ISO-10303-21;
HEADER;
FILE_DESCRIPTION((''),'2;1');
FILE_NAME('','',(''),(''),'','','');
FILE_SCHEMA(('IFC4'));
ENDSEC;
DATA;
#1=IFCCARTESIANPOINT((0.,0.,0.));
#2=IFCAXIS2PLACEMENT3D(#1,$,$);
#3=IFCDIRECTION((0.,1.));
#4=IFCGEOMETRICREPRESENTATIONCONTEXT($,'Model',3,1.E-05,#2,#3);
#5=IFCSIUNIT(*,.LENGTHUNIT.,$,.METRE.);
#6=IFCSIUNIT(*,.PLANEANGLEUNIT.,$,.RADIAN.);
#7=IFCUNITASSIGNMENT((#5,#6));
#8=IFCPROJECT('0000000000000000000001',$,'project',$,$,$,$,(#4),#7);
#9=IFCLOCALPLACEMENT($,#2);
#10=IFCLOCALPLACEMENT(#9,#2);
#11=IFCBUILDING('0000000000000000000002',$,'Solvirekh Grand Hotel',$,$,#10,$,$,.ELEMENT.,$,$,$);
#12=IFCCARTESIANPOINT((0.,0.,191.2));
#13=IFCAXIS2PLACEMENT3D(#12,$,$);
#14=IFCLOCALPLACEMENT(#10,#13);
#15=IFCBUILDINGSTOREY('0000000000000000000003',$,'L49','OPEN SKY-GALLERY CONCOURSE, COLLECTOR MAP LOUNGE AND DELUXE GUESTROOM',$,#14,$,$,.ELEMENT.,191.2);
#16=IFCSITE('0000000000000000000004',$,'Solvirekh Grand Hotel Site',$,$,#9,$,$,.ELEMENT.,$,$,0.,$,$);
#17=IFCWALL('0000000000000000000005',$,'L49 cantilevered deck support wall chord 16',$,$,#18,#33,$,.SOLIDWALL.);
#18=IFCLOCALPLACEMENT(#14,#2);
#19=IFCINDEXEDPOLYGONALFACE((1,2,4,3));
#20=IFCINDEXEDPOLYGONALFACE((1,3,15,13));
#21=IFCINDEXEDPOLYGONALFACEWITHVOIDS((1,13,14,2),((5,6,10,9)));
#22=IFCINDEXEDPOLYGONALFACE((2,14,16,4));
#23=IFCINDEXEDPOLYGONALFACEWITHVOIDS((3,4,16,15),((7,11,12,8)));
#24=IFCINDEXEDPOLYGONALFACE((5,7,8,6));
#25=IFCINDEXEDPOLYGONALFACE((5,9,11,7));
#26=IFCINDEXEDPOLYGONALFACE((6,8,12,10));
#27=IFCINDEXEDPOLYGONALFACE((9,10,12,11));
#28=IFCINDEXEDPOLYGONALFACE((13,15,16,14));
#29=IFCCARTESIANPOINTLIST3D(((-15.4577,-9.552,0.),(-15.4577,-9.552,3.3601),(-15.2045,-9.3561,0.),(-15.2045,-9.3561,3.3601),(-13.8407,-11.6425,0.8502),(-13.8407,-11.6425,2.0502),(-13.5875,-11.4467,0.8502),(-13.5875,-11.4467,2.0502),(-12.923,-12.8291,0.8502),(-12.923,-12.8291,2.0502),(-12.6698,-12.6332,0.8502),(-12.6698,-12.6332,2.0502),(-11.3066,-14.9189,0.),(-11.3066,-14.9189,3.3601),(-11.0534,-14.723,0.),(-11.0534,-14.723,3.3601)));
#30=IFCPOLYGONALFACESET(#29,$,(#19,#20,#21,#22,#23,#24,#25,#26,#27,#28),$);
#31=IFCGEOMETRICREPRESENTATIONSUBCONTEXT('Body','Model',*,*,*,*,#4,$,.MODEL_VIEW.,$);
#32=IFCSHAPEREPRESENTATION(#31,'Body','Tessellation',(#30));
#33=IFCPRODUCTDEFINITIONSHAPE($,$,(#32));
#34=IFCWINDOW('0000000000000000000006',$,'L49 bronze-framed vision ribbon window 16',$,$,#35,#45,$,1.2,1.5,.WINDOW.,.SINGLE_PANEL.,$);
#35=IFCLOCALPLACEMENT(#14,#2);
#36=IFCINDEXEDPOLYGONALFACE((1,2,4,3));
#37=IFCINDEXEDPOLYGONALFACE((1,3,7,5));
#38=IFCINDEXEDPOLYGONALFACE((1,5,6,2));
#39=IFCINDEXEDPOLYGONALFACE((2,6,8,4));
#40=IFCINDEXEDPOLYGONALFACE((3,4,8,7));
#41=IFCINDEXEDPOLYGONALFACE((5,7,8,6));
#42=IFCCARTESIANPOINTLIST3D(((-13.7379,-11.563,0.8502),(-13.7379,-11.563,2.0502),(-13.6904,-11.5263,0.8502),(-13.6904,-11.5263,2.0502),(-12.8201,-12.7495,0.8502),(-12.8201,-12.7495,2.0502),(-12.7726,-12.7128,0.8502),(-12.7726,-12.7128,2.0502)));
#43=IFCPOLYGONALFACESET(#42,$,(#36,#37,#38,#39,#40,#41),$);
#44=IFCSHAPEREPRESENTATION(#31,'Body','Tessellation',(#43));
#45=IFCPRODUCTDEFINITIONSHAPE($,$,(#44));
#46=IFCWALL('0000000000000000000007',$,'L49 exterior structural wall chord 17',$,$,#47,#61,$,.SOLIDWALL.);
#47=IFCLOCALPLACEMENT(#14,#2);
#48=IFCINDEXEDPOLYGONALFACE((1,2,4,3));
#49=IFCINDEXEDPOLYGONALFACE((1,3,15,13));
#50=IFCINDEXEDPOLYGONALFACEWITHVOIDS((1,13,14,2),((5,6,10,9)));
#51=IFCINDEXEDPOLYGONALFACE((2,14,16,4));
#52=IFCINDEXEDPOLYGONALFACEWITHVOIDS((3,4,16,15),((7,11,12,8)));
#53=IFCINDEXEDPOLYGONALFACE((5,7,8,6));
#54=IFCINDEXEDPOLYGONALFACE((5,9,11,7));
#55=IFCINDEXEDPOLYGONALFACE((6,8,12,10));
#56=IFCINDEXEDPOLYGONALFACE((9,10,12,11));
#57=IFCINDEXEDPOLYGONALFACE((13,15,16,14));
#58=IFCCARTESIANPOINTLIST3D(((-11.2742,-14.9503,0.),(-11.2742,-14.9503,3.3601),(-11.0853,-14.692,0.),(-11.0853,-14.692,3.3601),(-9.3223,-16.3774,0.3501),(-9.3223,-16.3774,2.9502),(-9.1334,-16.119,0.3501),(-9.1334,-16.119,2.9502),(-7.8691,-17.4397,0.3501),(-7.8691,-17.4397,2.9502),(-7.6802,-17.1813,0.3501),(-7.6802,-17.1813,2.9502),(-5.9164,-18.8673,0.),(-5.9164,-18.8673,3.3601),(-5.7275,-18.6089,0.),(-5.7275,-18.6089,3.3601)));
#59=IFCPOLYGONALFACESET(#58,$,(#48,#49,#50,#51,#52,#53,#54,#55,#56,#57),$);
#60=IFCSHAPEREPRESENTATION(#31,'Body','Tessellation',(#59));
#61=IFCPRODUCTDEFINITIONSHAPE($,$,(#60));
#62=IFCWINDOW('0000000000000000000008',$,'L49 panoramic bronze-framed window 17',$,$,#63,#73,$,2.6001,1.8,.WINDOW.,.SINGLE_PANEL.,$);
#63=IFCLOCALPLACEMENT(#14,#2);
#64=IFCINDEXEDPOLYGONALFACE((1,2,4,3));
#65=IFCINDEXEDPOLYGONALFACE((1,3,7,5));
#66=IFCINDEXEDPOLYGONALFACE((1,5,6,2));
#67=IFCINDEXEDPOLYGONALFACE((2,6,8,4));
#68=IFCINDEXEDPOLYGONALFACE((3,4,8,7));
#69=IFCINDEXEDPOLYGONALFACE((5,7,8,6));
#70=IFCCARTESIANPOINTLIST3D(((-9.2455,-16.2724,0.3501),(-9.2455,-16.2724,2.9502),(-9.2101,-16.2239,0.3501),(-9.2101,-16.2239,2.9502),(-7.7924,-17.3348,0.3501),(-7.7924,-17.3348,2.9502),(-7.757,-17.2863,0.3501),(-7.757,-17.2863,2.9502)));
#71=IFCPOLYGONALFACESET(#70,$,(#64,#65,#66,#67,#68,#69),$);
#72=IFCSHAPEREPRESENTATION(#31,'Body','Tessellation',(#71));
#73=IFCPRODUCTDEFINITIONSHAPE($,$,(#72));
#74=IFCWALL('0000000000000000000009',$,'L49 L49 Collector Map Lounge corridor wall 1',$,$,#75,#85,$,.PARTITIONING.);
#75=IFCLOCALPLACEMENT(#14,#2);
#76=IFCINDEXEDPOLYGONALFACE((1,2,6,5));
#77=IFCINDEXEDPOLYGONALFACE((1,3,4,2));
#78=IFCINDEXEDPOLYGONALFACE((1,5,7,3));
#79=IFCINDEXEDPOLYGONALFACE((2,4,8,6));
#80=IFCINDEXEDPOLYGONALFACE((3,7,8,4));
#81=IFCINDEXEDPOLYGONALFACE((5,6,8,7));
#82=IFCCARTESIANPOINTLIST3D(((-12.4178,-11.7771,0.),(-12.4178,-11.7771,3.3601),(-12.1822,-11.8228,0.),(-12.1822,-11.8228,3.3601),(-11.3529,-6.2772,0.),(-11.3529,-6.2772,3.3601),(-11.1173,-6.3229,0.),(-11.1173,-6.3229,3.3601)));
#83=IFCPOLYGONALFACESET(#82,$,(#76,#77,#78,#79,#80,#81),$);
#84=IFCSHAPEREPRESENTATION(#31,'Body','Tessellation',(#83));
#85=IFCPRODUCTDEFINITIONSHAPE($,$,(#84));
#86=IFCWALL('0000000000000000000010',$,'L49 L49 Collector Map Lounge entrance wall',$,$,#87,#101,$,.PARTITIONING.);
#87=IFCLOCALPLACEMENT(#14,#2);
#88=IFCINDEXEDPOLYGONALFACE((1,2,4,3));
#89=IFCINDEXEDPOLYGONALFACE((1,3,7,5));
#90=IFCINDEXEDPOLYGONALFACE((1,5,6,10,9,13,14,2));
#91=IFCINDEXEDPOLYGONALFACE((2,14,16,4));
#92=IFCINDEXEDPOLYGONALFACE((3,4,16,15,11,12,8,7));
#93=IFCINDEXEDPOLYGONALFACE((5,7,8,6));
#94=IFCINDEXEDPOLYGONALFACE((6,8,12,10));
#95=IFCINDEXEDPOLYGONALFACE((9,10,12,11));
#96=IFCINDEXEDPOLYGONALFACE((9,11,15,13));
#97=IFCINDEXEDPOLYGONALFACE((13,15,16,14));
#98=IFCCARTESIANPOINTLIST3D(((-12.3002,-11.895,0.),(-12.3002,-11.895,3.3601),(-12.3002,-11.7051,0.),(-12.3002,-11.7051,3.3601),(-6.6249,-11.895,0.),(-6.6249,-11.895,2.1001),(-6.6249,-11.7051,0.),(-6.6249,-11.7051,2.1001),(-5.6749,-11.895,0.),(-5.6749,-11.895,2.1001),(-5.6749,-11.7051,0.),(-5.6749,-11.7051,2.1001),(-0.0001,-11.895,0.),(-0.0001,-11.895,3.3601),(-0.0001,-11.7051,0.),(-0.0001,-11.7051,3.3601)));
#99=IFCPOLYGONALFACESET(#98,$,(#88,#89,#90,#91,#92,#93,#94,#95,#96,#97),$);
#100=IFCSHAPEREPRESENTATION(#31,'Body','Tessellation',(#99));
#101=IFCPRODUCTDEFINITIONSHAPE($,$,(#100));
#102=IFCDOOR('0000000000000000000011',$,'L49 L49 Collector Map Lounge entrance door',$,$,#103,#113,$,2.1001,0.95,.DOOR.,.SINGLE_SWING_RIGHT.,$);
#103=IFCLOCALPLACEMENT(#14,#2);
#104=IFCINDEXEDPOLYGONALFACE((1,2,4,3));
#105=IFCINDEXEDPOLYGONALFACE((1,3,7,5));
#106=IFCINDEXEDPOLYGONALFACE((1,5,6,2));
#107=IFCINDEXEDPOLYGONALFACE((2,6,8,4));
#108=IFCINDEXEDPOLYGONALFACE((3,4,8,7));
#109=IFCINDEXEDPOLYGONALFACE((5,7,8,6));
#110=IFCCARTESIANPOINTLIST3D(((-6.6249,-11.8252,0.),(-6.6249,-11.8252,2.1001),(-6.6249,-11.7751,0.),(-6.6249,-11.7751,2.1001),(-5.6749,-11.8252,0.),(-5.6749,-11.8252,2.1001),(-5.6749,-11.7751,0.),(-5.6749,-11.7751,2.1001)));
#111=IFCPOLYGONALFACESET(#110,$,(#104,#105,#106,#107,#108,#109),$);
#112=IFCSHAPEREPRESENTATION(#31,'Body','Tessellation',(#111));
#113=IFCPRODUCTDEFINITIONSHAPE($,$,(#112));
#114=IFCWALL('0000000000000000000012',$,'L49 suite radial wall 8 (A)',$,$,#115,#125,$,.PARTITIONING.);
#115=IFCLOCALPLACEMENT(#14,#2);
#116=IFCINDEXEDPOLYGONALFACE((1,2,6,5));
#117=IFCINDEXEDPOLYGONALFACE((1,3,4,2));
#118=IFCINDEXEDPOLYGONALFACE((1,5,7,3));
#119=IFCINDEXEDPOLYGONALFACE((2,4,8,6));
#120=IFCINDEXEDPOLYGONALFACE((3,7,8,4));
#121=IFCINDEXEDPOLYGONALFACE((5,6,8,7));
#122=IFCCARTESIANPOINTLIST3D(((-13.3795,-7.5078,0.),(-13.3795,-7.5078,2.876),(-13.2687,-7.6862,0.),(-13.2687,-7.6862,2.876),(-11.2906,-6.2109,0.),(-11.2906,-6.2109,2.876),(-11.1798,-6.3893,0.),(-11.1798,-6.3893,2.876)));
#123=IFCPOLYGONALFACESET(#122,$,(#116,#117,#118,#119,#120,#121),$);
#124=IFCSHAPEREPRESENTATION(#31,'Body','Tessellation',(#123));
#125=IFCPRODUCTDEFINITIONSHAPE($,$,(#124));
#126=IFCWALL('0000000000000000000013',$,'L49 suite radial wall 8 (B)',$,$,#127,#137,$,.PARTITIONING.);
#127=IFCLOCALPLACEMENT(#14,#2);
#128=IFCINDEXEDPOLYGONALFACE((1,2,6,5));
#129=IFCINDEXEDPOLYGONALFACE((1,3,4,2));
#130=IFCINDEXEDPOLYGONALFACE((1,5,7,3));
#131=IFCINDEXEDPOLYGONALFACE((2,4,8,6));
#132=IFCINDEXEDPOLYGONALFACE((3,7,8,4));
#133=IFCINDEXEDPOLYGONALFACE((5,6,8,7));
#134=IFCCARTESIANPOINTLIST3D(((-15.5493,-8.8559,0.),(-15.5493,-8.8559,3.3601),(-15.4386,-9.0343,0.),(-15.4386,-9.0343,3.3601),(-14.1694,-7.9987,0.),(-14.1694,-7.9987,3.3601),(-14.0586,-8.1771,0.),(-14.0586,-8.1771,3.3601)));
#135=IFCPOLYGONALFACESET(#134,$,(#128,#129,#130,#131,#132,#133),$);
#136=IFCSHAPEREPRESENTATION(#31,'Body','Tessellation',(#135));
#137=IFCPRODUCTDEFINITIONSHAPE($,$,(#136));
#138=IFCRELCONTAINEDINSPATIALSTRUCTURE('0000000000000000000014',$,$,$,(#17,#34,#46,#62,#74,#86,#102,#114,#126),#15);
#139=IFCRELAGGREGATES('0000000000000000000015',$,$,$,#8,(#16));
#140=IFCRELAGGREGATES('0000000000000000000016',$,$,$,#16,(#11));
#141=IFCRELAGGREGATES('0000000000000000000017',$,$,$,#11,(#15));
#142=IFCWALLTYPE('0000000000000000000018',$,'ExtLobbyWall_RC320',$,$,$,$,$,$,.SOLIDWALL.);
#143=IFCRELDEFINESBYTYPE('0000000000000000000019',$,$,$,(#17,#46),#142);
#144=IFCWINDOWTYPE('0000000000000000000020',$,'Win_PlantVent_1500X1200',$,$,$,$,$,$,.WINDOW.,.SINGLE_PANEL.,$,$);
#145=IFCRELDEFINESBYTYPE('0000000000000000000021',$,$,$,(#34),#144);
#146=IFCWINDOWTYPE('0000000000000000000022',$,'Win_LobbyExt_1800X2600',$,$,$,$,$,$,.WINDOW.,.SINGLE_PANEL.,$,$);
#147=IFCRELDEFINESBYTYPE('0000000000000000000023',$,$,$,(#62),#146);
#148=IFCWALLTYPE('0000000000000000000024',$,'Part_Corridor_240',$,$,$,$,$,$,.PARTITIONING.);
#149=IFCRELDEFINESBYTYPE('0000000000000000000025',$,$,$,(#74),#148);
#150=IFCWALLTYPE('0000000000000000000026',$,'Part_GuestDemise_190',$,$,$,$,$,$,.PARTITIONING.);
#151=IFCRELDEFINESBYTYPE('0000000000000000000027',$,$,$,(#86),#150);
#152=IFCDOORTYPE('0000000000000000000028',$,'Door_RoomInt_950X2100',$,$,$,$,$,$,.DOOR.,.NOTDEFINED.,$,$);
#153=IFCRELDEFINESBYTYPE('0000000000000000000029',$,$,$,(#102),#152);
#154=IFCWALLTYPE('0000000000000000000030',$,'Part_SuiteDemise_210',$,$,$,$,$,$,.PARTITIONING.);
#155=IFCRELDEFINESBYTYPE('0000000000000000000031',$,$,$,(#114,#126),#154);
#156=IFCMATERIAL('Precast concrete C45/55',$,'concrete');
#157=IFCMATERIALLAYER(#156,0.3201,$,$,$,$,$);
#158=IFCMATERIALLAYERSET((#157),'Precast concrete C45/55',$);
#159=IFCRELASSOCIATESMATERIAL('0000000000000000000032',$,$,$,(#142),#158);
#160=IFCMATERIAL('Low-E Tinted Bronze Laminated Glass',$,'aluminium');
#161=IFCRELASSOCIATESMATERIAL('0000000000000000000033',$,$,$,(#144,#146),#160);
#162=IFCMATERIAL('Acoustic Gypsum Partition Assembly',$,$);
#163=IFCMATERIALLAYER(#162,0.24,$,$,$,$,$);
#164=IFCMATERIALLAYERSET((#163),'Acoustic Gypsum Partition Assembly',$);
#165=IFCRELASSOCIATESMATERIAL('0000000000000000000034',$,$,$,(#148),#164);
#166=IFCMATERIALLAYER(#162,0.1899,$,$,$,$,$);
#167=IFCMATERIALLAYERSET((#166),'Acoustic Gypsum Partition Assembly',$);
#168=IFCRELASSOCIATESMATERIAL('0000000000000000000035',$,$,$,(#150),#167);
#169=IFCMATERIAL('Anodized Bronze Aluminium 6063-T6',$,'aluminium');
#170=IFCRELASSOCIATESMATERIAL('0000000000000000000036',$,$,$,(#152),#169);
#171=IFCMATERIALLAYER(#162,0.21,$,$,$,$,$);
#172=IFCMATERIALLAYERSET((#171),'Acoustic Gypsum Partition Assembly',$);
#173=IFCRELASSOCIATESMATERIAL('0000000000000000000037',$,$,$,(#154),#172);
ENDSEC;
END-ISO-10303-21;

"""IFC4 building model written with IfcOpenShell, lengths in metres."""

from ifc_helpers import new_model, si_unit, direction, frame, frame_2d, origin, place, context, subcontext, project, spatial, rectangle, extrude, material, layer, layer_set, type_object, element, fill, save


model = new_model("IFC4")

# Units and contexts
model_context = context("Model", 3, precision=1e-05, world=origin(), true_north=direction((0.0, 1.0)))
body_context = subcontext(model_context, "Body", "Model", "MODEL_VIEW")
ifc_project = project(units=[si_unit("LENGTHUNIT", "METRE"), si_unit("PLANEANGLEUNIT", "RADIAN")], contexts=[model_context])

# Site, building, storey
site_placement = place(None, origin())
site = spatial("IfcSite", under=ifc_project, at=site_placement, Name="Solvirekh Grand Hotel Site", CompositionType="ELEMENT", RefElevation=0.0)
building_placement = place(site_placement, origin())
building = spatial("IfcBuilding", under=site, at=building_placement, Name="Solvirekh Grand Hotel", CompositionType="ELEMENT")
storey_placement = place(building_placement, frame((0.0, 0.0, 191.2)))
storey = spatial("IfcBuildingStorey", under=building, at=storey_placement, Name="L49", Description="OPEN SKY-GALLERY CONCOURSE, COLLECTOR MAP LOUNGE AND DELUXE GUESTROOM", CompositionType="ELEMENT", Elevation=191.2)

# Shared definitions
ifc_material_1 = material(Name="Anodized Bronze Aluminium 6063-T6", Category="aluminium")

# Walls, openings, windows
ifc_material_2 = material(Name="Precast concrete C45/55", Category="concrete")
ifc_layer_1 = layer(ifc_material_2, 0.3201)
ifc_layer_set_1 = layer_set([ifc_layer_1], Name="Precast concrete C45/55")
wall_type_1 = type_object("IfcWallType", Name="ExtLobbyWall_RC320", PredefinedType="SOLIDWALL", material=ifc_layer_set_1)
ifc_material_3 = material(Name="Low-E Tinted Bronze Laminated Glass", Category="aluminium")
window_type_1 = type_object("IfcWindowType", Name="Win_PlantVent_1500X1200", PartitioningType="SINGLE_PANEL", PredefinedType="WINDOW", material=ifc_material_3)
wall_1_placement = place(storey_placement, frame((-11.1799, -14.821, 0.0), z_axis=(0.0, 0.0, 1.0), x_axis=(-0.611811, 0.791004, 0.0)))
wall_1 = element("IfcWall", 1, at=wall_1_placement, inside=storey, type_object=wall_type_1, Name="L49 cantilevered deck support wall chord 16", PredefinedType="SOLIDWALL", context=body_context, shape_type="SweptSolid", body=[
    extrude(rectangle(XDim=6.7849, YDim=0.3201, at=frame_2d((3.3926, 0.0))), origin(), (0.0, 0.0, 1.0), 3.3601),
])
opening_1_placement = place(wall_1_placement, frame((2.6421, 0.0, 0.8501)))
opening_1 = element("IfcOpeningElement", 2, at=opening_1_placement, cuts=wall_1, PredefinedType="OPENING", context=body_context, shape_type="SweptSolid", body=[
    extrude(rectangle(XDim=1.5, YDim=1.2, at=frame_2d((0.75, 0.6001))), frame((0.0, 0.1699, 0.0), z_axis=(0.0, -1.0, 0.0), x_axis=(1.0, 0.0, 0.0)), (0.0, 0.0, 1.0), 0.3401),
])
window_1_placement = place(opening_1_placement, origin())
window_1 = element("IfcWindow", 3, at=window_1_placement, inside=storey, type_object=window_type_1, Name="L49 bronze-framed vision ribbon window 16", OverallHeight=1.2, OverallWidth=1.5, PartitioningType="SINGLE_PANEL", PredefinedType="WINDOW", context=body_context, shape_type="SweptSolid", body=[
    extrude(rectangle(XDim=1.5, YDim=1.2, at=frame_2d((0.75, 0.6001))), frame((0.0, 0.03, 0.0), z_axis=(0.0, -1.0, 0.0), x_axis=(1.0, 0.0, 0.0)), (0.0, 0.0, 1.0), 0.0601),
])
fill(opening_1, window_1)
wall_2_placement = place(storey_placement, frame((-5.822, -18.738, 0.0), z_axis=(0.0, 0.0, 1.0), x_axis=(-0.807277, 0.590173, 0.0)))
wall_2 = element("IfcWall", 4, at=wall_2_placement, inside=storey, type_object=wall_type_1, Name="L49 exterior structural wall chord 17", PredefinedType="SOLIDWALL", context=body_context, shape_type="SweptSolid", body=[
    extrude(rectangle(XDim=6.637, YDim=0.3201, at=frame_2d((3.3184, 0.0))), origin(), (0.0, 0.0, 1.0), 3.3601),
])
opening_2_placement = place(wall_2_placement, frame((2.4189, 0.0, 0.3501)))
opening_2 = element("IfcOpeningElement", 5, at=opening_2_placement, cuts=wall_2, PredefinedType="OPENING", context=body_context, shape_type="SweptSolid", body=[
    extrude(rectangle(XDim=1.8, YDim=2.6001, at=frame_2d((0.8999, 1.3))), frame((0.0, 0.1699, 0.0), z_axis=(0.0, -1.0, 0.0), x_axis=(1.0, 0.0, 0.0)), (0.0, 0.0, 1.0), 0.3401),
])
window_type_2 = type_object("IfcWindowType", Name="Win_LobbyExt_1800X2600", PartitioningType="SINGLE_PANEL", PredefinedType="WINDOW", material=ifc_material_3)
window_2_placement = place(opening_2_placement, origin())
window_2 = element("IfcWindow", 6, at=window_2_placement, inside=storey, type_object=window_type_2, Name="L49 panoramic bronze-framed window 17", OverallHeight=2.6001, OverallWidth=1.8, PartitioningType="SINGLE_PANEL", PredefinedType="WINDOW", context=body_context, shape_type="SweptSolid", body=[
    extrude(rectangle(XDim=1.8, YDim=2.6001, at=frame_2d((0.8999, 1.3))), frame((0.0, 0.03, 0.0), z_axis=(0.0, -1.0, 0.0), x_axis=(1.0, 0.0, 0.0)), (0.0, 0.0, 1.0), 0.0601),
])
fill(opening_2, window_2)

# Wall
ifc_material_4 = material(Name="Acoustic Gypsum Partition Assembly")
ifc_layer_2 = layer(ifc_material_4, 0.24)
ifc_layer_set_2 = layer_set([ifc_layer_2], Name="Acoustic Gypsum Partition Assembly")
wall_type_2 = type_object("IfcWallType", Name="Part_Corridor_240", PredefinedType="PARTITIONING", material=ifc_layer_set_2)
wall_3_placement = place(storey_placement, frame((-11.2351, -6.3, 0.0), z_axis=(0.0, 0.0, 1.0), x_axis=(-0.190095, -0.981766, 0.0)))
element("IfcWall", 7, at=wall_3_placement, inside=storey, type_object=wall_type_2, Name="L49 L49 Collector Map Lounge corridor wall 1", PredefinedType="PARTITIONING", context=body_context, shape_type="SweptSolid", body=[
    extrude(rectangle(XDim=5.6021, YDim=0.24, at=frame_2d((2.801, 0.0))), origin(), (0.0, 0.0, 1.0), 3.3601),
])

# Wall, opening, door
ifc_layer_3 = layer(ifc_material_4, 0.1899)
ifc_layer_set_3 = layer_set([ifc_layer_3], Name="Acoustic Gypsum Partition Assembly")
wall_type_3 = type_object("IfcWallType", Name="Part_GuestDemise_190", PredefinedType="PARTITIONING", material=ifc_layer_set_3)
wall_4_placement = place(storey_placement, frame((-12.3, -11.8, 0.0), z_axis=(0.0, 0.0, 1.0), x_axis=(1.0, 0.0, 0.0)))
wall_4 = element("IfcWall", 8, at=wall_4_placement, inside=storey, type_object=wall_type_3, Name="L49 L49 Collector Map Lounge entrance wall", PredefinedType="PARTITIONING", context=body_context, shape_type="SweptSolid", body=[
    extrude(rectangle(XDim=12.3, YDim=0.1899, at=frame_2d((6.1499, 0.0))), origin(), (0.0, 0.0, 1.0), 3.3601),
])
opening_3_placement = place(wall_4_placement, frame((5.675, 0.0, 0.0)))
opening_3 = element("IfcOpeningElement", 9, at=opening_3_placement, cuts=wall_4, PredefinedType="OPENING", context=body_context, shape_type="SweptSolid", body=[
    extrude(rectangle(XDim=0.95, YDim=2.1001, at=frame_2d((0.4751, 1.05))), frame((0.0, 0.105, 0.0), z_axis=(0.0, -1.0, 0.0), x_axis=(1.0, 0.0, 0.0)), (0.0, 0.0, 1.0), 0.21),
])
door_type = type_object("IfcDoorType", Name="Door_RoomInt_950X2100", OperationType="NOTDEFINED", PredefinedType="DOOR", material=ifc_material_1)
door_placement = place(opening_3_placement, origin())
door = element("IfcDoor", 10, at=door_placement, inside=storey, type_object=door_type, Name="L49 L49 Collector Map Lounge entrance door", OperationType="SINGLE_SWING_RIGHT", OverallHeight=2.1001, OverallWidth=0.95, PredefinedType="DOOR", context=body_context, shape_type="SweptSolid", body=[
    extrude(rectangle(XDim=0.95, YDim=2.1001, at=frame_2d((0.4751, 1.05))), frame((0.0, 0.0249, 0.0), z_axis=(0.0, -1.0, 0.0), x_axis=(1.0, 0.0, 0.0)), (0.0, 0.0, 1.0), 0.05),
])
fill(opening_3, door)

# Walls
ifc_layer_4 = layer(ifc_material_4, 0.21)
ifc_layer_set_4 = layer_set([ifc_layer_4], Name="Acoustic Gypsum Partition Assembly")
wall_type_4 = type_object("IfcWallType", Name="Part_SuiteDemise_210", PredefinedType="PARTITIONING", material=ifc_layer_set_4)
wall_5_placement = place(storey_placement, frame((-11.2351, -6.3, 0.0), z_axis=(0.0, 0.0, 1.0), x_axis=(-0.849579, -0.527462, 0.0)))
element("IfcWall", 11, at=wall_5_placement, inside=storey, type_object=wall_type_4, Name="L49 suite radial wall 8 (A)", PredefinedType="PARTITIONING", context=body_context, shape_type="SweptSolid", body=[
    extrude(rectangle(XDim=2.4587, YDim=0.21, at=frame_2d((1.2295, 0.0))), origin(), (0.0, 0.0, 1.0), 2.876),
])
wall_6_placement = place(storey_placement, frame((-14.114, -8.0879, 0.0), z_axis=(0.0, 0.0, 1.0), x_axis=(-0.849447, -0.527673, 0.0)))
element("IfcWall", 12, at=wall_6_placement, inside=storey, type_object=wall_type_4, Name="L49 suite radial wall 8 (B)", PredefinedType="PARTITIONING", context=body_context, shape_type="SweptSolid", body=[
    extrude(rectangle(XDim=1.6245, YDim=0.21, at=frame_2d((0.8123, 0.0))), origin(), (0.0, 0.0, 1.0), 3.3601),
])

save(model, "model.ifc")
